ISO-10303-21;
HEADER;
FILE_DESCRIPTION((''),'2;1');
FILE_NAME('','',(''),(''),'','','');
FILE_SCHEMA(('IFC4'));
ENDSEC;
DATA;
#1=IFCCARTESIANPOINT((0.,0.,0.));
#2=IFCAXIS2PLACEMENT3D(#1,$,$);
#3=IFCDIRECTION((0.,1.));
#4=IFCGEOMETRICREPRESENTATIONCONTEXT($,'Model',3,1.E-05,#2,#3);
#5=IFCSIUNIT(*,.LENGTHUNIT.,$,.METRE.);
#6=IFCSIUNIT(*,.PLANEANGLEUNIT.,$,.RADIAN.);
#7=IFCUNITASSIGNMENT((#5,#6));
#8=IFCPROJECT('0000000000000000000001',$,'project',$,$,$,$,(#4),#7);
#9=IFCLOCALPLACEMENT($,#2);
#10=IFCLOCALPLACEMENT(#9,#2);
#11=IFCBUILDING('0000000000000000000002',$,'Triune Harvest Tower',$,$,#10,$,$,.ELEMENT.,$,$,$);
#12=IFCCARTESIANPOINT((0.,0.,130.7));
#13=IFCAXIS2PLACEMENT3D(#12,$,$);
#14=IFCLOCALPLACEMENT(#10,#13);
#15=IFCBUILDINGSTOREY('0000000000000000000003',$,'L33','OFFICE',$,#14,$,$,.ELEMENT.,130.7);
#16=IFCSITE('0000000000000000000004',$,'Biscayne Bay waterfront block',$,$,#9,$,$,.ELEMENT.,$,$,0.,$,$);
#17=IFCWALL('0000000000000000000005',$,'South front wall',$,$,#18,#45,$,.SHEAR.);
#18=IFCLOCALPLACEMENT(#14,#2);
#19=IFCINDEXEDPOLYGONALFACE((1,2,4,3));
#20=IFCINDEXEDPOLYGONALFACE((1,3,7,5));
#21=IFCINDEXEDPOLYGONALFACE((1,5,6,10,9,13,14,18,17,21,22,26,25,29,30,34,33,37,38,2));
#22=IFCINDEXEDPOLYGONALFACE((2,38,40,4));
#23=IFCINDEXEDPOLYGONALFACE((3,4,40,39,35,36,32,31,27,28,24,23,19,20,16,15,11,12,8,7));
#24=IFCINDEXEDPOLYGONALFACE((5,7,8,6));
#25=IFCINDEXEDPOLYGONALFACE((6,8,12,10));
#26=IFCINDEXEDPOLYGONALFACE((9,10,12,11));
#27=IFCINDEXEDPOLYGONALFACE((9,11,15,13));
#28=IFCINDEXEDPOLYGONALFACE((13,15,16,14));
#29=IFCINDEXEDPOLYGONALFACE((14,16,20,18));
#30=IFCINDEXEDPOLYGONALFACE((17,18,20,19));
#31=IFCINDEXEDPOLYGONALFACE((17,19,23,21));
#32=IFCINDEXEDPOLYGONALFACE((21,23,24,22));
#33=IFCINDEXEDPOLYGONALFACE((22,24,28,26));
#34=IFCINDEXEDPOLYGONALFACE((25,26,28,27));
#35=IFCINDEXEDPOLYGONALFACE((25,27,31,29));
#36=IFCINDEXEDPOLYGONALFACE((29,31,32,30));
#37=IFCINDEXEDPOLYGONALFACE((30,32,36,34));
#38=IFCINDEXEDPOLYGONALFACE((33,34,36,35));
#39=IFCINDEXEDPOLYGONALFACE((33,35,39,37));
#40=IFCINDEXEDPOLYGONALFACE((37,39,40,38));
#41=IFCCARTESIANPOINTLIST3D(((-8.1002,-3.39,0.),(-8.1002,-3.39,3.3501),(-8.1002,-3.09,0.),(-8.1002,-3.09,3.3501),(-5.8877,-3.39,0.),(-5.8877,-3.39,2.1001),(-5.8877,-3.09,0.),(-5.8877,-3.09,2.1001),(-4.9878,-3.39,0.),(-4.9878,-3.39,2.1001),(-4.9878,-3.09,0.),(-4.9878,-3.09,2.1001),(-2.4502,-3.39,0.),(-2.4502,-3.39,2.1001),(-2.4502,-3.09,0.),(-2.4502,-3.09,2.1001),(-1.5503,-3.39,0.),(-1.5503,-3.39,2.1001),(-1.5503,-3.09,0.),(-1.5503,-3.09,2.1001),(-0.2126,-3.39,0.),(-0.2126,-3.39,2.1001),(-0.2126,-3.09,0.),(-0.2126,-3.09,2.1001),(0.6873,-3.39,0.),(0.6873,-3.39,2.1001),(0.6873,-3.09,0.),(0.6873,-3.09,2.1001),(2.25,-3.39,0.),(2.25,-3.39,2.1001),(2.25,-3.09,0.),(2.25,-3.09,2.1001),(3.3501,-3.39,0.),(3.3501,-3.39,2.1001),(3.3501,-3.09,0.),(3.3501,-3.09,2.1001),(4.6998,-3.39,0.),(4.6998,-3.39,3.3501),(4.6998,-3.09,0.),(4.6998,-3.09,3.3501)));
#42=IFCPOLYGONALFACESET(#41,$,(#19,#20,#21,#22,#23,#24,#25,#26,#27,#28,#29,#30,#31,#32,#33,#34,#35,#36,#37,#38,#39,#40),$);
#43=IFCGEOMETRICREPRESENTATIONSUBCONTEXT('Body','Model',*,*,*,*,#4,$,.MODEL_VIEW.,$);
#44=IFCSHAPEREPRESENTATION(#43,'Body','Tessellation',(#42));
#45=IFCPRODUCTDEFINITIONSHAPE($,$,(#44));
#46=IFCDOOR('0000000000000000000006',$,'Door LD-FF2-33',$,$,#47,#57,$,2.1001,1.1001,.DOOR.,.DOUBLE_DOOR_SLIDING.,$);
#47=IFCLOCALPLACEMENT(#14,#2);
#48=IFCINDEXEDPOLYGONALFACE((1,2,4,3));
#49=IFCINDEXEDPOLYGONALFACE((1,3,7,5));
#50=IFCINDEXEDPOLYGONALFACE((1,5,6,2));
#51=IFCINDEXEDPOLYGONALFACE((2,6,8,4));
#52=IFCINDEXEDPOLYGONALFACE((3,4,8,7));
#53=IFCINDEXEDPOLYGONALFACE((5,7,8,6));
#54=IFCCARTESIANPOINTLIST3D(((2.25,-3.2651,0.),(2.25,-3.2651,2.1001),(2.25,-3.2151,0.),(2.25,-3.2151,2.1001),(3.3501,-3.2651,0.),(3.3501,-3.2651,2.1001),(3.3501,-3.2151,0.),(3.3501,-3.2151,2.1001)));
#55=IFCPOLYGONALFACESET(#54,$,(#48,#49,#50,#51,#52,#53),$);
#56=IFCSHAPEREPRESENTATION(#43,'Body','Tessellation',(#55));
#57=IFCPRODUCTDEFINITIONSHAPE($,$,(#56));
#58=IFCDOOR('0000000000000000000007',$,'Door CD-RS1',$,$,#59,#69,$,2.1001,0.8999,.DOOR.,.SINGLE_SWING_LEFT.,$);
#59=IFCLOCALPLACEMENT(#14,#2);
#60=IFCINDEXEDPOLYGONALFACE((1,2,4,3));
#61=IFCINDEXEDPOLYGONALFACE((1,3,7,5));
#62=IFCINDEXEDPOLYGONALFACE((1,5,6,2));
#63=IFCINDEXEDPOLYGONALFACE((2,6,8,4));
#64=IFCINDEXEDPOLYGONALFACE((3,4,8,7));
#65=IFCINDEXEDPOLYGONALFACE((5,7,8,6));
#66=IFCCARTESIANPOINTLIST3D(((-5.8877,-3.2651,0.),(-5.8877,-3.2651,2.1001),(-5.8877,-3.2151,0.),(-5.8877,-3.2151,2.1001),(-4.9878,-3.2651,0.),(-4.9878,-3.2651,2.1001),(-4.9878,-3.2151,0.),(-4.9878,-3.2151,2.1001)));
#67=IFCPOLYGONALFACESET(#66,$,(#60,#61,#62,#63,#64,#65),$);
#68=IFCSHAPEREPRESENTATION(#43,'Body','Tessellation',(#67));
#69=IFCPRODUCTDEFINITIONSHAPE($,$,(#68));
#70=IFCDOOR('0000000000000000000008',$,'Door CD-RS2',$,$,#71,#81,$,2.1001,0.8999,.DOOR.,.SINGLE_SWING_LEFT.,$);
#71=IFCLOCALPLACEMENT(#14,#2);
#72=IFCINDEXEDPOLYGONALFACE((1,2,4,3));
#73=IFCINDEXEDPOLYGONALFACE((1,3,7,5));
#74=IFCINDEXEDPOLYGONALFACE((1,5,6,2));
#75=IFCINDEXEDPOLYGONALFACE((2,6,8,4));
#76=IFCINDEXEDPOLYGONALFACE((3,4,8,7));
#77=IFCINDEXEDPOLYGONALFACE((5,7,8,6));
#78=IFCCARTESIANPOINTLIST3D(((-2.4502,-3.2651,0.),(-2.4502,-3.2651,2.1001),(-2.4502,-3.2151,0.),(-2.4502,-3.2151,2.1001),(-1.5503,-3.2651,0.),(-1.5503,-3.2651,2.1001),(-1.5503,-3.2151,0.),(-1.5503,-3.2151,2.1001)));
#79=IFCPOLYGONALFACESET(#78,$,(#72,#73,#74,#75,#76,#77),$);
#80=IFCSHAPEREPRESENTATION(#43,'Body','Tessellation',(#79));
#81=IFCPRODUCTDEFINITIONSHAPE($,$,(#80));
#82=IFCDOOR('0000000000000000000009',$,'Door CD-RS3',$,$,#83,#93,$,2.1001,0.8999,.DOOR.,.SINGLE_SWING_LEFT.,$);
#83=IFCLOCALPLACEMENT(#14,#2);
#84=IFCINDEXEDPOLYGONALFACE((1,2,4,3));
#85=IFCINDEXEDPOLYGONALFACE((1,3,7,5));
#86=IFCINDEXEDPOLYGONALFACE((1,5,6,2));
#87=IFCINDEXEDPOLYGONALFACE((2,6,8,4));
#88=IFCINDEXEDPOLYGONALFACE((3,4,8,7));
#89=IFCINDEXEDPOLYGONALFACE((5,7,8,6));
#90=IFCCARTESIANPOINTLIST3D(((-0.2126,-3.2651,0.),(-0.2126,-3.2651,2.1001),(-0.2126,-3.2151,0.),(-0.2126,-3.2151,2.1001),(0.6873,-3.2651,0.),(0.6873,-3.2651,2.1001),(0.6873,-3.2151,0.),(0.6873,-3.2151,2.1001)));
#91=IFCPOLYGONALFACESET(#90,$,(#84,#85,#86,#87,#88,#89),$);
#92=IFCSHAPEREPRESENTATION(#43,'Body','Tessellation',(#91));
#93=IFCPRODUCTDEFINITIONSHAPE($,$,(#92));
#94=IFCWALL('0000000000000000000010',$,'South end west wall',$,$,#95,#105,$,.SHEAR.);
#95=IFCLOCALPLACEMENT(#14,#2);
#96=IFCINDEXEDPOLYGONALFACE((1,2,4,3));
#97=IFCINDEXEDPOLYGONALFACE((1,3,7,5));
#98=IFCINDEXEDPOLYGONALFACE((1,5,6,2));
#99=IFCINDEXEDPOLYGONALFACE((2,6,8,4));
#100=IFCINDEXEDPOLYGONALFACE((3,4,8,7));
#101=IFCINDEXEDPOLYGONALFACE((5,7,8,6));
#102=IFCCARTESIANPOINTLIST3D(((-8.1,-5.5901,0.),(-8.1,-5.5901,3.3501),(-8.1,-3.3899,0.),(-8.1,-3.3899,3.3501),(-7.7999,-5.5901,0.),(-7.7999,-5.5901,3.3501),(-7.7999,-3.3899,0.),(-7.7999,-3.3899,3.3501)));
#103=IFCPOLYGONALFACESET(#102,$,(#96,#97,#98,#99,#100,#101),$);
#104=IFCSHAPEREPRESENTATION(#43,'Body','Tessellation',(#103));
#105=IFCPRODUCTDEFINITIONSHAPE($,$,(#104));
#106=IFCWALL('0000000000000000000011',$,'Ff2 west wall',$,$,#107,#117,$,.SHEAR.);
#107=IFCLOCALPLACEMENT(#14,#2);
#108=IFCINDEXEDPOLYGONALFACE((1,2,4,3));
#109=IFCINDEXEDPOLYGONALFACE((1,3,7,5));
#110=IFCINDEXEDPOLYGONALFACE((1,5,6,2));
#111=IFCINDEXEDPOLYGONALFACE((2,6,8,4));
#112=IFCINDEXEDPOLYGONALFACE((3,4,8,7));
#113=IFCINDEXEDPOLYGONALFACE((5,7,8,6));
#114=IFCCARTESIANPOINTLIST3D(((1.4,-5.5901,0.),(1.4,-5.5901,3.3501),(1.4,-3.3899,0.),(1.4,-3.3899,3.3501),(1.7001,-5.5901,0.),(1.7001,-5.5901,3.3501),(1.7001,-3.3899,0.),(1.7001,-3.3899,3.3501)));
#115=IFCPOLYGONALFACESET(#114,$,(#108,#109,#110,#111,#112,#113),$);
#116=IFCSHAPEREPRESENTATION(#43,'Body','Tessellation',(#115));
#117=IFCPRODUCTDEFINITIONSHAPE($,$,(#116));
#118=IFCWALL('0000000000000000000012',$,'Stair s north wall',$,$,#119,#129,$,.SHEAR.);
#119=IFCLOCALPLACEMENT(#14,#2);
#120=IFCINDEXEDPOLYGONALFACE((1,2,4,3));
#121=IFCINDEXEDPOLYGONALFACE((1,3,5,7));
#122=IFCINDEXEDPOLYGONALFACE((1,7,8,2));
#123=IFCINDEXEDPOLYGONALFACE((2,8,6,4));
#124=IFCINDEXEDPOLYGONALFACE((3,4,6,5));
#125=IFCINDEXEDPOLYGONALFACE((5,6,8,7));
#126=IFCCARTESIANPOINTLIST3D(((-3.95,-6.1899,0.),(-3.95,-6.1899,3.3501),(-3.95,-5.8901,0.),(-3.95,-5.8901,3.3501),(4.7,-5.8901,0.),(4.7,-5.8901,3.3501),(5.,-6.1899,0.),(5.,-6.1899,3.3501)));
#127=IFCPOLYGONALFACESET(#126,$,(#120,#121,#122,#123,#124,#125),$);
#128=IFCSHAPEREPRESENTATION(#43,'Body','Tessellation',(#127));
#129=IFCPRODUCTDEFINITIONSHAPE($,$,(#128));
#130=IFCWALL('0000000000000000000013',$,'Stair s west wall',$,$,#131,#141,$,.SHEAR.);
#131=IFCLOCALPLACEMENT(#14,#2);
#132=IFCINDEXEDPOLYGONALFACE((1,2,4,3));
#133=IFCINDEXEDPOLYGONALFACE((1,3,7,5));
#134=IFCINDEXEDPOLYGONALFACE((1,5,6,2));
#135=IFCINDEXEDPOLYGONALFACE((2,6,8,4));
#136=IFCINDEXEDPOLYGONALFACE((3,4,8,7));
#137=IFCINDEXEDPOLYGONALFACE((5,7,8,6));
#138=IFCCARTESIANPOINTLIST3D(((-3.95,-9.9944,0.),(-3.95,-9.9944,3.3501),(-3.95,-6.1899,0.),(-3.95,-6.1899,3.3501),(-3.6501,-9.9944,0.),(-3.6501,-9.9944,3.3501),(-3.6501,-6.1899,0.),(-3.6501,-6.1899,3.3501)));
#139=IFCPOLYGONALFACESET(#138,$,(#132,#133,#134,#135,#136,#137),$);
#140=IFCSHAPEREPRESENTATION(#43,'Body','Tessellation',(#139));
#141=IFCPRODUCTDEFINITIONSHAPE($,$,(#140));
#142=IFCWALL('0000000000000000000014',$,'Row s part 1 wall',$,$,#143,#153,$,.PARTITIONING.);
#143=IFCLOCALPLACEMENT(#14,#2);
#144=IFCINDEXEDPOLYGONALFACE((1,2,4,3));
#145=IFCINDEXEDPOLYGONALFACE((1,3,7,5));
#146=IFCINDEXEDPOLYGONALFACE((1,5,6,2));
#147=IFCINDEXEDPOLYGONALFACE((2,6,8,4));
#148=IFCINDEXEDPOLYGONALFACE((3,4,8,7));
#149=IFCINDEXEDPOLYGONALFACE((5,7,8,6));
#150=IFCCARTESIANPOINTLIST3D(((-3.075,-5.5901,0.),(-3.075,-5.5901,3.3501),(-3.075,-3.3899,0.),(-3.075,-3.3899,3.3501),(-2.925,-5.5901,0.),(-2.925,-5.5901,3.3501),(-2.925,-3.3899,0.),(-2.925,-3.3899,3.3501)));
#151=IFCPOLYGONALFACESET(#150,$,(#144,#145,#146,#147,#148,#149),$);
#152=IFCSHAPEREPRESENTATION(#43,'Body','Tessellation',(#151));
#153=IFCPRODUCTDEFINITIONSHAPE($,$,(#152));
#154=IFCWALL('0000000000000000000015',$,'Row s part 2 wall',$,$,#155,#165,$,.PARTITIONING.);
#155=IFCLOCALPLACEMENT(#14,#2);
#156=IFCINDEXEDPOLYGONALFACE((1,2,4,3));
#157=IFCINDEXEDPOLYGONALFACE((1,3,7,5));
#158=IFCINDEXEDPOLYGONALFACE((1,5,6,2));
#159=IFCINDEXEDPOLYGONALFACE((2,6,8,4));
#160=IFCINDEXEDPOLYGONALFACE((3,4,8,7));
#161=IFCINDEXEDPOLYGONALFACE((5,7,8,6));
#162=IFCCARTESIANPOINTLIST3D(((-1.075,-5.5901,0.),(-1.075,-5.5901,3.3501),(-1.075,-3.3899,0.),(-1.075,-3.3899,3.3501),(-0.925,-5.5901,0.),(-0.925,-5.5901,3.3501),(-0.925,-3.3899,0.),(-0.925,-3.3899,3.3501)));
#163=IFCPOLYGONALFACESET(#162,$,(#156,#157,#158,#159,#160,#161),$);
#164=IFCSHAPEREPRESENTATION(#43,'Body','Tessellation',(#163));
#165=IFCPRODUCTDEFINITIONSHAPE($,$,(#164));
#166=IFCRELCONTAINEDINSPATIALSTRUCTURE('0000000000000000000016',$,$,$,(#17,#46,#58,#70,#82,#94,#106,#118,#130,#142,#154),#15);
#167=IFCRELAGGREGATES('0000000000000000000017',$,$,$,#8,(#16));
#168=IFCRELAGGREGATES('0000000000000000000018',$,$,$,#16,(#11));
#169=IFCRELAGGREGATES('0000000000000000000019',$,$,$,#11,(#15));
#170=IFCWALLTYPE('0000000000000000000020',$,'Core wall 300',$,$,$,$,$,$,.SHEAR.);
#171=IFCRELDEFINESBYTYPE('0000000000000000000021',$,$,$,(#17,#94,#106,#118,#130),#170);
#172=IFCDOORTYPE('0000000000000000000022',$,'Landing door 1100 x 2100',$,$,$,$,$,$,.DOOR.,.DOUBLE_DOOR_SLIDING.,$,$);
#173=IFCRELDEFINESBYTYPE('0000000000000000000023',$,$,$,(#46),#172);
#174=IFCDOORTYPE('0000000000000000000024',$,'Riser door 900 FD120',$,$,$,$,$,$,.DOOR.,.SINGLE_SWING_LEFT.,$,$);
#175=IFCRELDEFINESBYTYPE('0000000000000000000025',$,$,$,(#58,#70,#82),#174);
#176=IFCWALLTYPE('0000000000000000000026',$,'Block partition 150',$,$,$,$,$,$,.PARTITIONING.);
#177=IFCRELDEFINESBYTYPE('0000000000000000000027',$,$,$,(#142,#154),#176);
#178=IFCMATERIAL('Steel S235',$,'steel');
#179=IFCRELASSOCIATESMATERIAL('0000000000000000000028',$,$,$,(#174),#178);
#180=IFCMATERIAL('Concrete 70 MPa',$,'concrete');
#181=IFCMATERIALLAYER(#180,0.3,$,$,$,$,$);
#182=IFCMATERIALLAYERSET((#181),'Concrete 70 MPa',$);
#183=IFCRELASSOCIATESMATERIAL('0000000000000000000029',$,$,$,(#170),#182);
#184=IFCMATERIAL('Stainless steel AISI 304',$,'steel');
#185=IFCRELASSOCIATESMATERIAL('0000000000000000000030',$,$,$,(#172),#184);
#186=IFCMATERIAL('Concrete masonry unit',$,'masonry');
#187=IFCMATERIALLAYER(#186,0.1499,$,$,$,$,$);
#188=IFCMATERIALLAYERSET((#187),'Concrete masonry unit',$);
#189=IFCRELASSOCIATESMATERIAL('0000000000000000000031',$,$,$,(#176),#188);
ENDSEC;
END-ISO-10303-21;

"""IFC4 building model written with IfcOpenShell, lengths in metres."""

from ifc_helpers import new_model, si_unit, direction, frame, frame_2d, origin, place, context, subcontext, project, spatial, polyline, rectangle, outline, extrude, source, transform, mapped, material, layer, layer_set, type_object, element, fill, save


model = new_model("IFC4")

# Units and contexts
model_context = context("Model", 3, precision=1e-05, world=origin(), true_north=direction((0.0, 1.0)))
body_context = subcontext(model_context, "Body", "Model", "MODEL_VIEW")
ifc_project = project(units=[si_unit("LENGTHUNIT", "METRE"), si_unit("PLANEANGLEUNIT", "RADIAN")], contexts=[model_context])

# Site, building, storey
site_placement = place(None, origin())
site = spatial("IfcSite", under=ifc_project, at=site_placement, Name="Biscayne Bay waterfront block", CompositionType="ELEMENT", RefElevation=0.0)
building_placement = place(site_placement, origin())
building = spatial("IfcBuilding", under=site, at=building_placement, Name="Triune Harvest Tower", CompositionType="ELEMENT")
storey_placement = place(building_placement, frame((0.0, 0.0, 130.7)))
storey = spatial("IfcBuildingStorey", under=building, at=storey_placement, Name="L33", Description="OFFICE", CompositionType="ELEMENT", Elevation=130.7)

# Shared definitions
ifc_material_1 = material(Name="Steel S235", Category="steel")
door_type_1 = type_object("IfcDoorType", Name="Riser door 900 FD120", OperationType="SINGLE_SWING_LEFT", PredefinedType="DOOR", material=ifc_material_1)

# Shared definitions
ifc_material_2 = material(Name="Concrete 70 MPa", Category="concrete")
ifc_layer_1 = layer(ifc_material_2, 0.3)
ifc_layer_set_1 = layer_set([ifc_layer_1], Name="Concrete 70 MPa")
wall_type_1 = type_object("IfcWallType", Name="Core wall 300", PredefinedType="SHEAR", material=ifc_layer_set_1)

# Wall, openings, doors
shared_shape_1 = source(origin(), body_context, "Body", "SweptSolid", [
    extrude(rectangle(XDim=12.8, YDim=0.3, at=frame_2d((6.3999, 0.0))), origin(), (0.0, 0.0, 1.0), 3.3501),
])
wall_1_placement = place(storey_placement, frame((-8.1001, -3.24, 0.0), z_axis=(0.0, 0.0, 1.0), x_axis=(1.0, 0.0, 0.0)))
wall_1 = element("IfcWall", 1, at=wall_1_placement, inside=storey, type_object=wall_type_1, Name="South front wall", PredefinedType="SHEAR", context=body_context, shape_type="MappedRepresentation", body=[
    mapped(shared_shape_1, transform((0.0, 0.0, 0.0), scale=1.0)),
])
opening_1_placement = place(wall_1_placement, frame((2.2124, 0.0, 0.0)))
opening_1 = element("IfcOpeningElement", 2, at=opening_1_placement, cuts=wall_1, PredefinedType="OPENING", context=body_context, shape_type="SweptSolid", body=[
    extrude(rectangle(XDim=0.8999, YDim=2.1001, at=frame_2d((0.45, 1.05))), frame((0.0, 0.1602, 0.0), z_axis=(0.0, -1.0, 0.0), x_axis=(1.0, 0.0, 0.0)), (0.0, 0.0, 1.0), 0.3201),
])
opening_2_placement = place(wall_1_placement, frame((5.6499, 0.0, 0.0)))
opening_2 = element("IfcOpeningElement", 3, at=opening_2_placement, cuts=wall_1, PredefinedType="OPENING", context=body_context, shape_type="SweptSolid", body=[
    extrude(rectangle(XDim=0.8999, YDim=2.1001, at=frame_2d((0.45, 1.05))), frame((0.0, 0.1602, 0.0), z_axis=(0.0, -1.0, 0.0), x_axis=(1.0, 0.0, 0.0)), (0.0, 0.0, 1.0), 0.3201),
])
opening_3_placement = place(wall_1_placement, frame((7.8875, 0.0, 0.0)))
opening_3 = element("IfcOpeningElement", 4, at=opening_3_placement, cuts=wall_1, PredefinedType="OPENING", context=body_context, shape_type="SweptSolid", body=[
    extrude(rectangle(XDim=0.8999, YDim=2.1001, at=frame_2d((0.45, 1.05))), frame((0.0, 0.1602, 0.0), z_axis=(0.0, -1.0, 0.0), x_axis=(1.0, 0.0, 0.0)), (0.0, 0.0, 1.0), 0.3201),
])
opening_4_placement = place(wall_1_placement, frame((10.3501, 0.0, 0.0)))
opening_4 = element("IfcOpeningElement", 5, at=opening_4_placement, cuts=wall_1, PredefinedType="OPENING", context=body_context, shape_type="SweptSolid", body=[
    extrude(rectangle(XDim=1.1001, YDim=2.1001, at=frame_2d((0.55, 1.05))), frame((0.0, 0.1602, 0.0), z_axis=(0.0, -1.0, 0.0), x_axis=(1.0, 0.0, 0.0)), (0.0, 0.0, 1.0), 0.3201),
])
ifc_material_3 = material(Name="Stainless steel AISI 304", Category="steel")
door_type_2 = type_object("IfcDoorType", Name="Landing door 1100 x 2100", OperationType="DOUBLE_DOOR_SLIDING", PredefinedType="DOOR", material=ifc_material_3)
door_1_placement = place(opening_4_placement, origin())
door_1 = element("IfcDoor", 6, at=door_1_placement, inside=storey, type_object=door_type_2, Name="Door LD-FF2-33", OperationType="DOUBLE_DOOR_SLIDING", OverallHeight=2.1001, OverallWidth=1.1001, PredefinedType="DOOR", context=body_context, shape_type="SweptSolid", body=[
    extrude(rectangle(XDim=1.1001, YDim=2.1001, at=frame_2d((0.55, 1.05))), frame((0.0, 0.0249, 0.0), z_axis=(0.0, -1.0, 0.0), x_axis=(1.0, 0.0, 0.0)), (0.0, 0.0, 1.0), 0.05),
])
fill(opening_4, door_1)
door_2_placement = place(opening_1_placement, origin())
door_2 = element("IfcDoor", 7, at=door_2_placement, inside=storey, type_object=door_type_1, Name="Door CD-RS1", OperationType="SINGLE_SWING_LEFT", OverallHeight=2.1001, OverallWidth=0.8999, PredefinedType="DOOR", context=body_context, shape_type="SweptSolid", body=[
    extrude(rectangle(XDim=0.8999, YDim=2.1001, at=frame_2d((0.45, 1.05))), frame((0.0, 0.0249, 0.0), z_axis=(0.0, -1.0, 0.0), x_axis=(1.0, 0.0, 0.0)), (0.0, 0.0, 1.0), 0.05),
])
fill(opening_1, door_2)
door_3_placement = place(opening_2_placement, origin())
door_3 = element("IfcDoor", 8, at=door_3_placement, inside=storey, type_object=door_type_1, Name="Door CD-RS2", OperationType="SINGLE_SWING_LEFT", OverallHeight=2.1001, OverallWidth=0.8999, PredefinedType="DOOR", context=body_context, shape_type="SweptSolid", body=[
    extrude(rectangle(XDim=0.8999, YDim=2.1001, at=frame_2d((0.45, 1.05))), frame((0.0, 0.0249, 0.0), z_axis=(0.0, -1.0, 0.0), x_axis=(1.0, 0.0, 0.0)), (0.0, 0.0, 1.0), 0.05),
])
fill(opening_2, door_3)
door_4_placement = place(opening_3_placement, origin())
door_4 = element("IfcDoor", 9, at=door_4_placement, inside=storey, type_object=door_type_1, Name="Door CD-RS3", OperationType="SINGLE_SWING_LEFT", OverallHeight=2.1001, OverallWidth=0.8999, PredefinedType="DOOR", context=body_context, shape_type="SweptSolid", body=[
    extrude(rectangle(XDim=0.8999, YDim=2.1001, at=frame_2d((0.45, 1.05))), frame((0.0, 0.0249, 0.0), z_axis=(0.0, -1.0, 0.0), x_axis=(1.0, 0.0, 0.0)), (0.0, 0.0, 1.0), 0.05),
])
fill(opening_3, door_4)

# Walls
shared_shape_2 = source(origin(), body_context, "Body", "SweptSolid", [
    extrude(rectangle(XDim=2.2002, YDim=0.3, at=frame_2d((1.1001, 0.0))), origin(), (0.0, 0.0, 1.0), 3.3501),
])
for number, where, z_axis, x_axis, name in (
    (10, (-7.95, -5.5901, 0.0), (0.0, 0.0, 1.0), (0.0, 1.0, 0.0), "South end west wall"),
    (11, (1.55, -5.5901, 0.0), (0.0, 0.0, 1.0), (0.0, 1.0, 0.0), "Ff2 west wall"),
):
    element("IfcWall", number, at=place(storey_placement, frame(where, z_axis=z_axis, x_axis=x_axis)), inside=storey, type_object=wall_type_1, Name=name, PredefinedType="SHEAR", context=body_context, shape_type="MappedRepresentation", body=[
        mapped(shared_shape_2, transform((0.0, 0.0, 0.0), scale=1.0)),
    ])
shared_shape_3 = source(origin(), body_context, "Body", "SweptSolid", [
    extrude(outline(polyline([(0.0, -0.1499), (8.95, -0.1499), (8.6499, 0.1499), (0.0, 0.1499), (0.0, -0.1499)])), origin(), (0.0, 0.0, 1.0), 3.3501),
])
wall_2_placement = place(storey_placement, frame((-3.95, -6.04, 0.0), z_axis=(0.0, 0.0, 1.0), x_axis=(1.0, 0.0, 0.0)))
element("IfcWall", 12, at=wall_2_placement, inside=storey, type_object=wall_type_1, Name="Stair s north wall", PredefinedType="SHEAR", context=body_context, shape_type="MappedRepresentation", body=[
    mapped(shared_shape_3, transform((0.0, 0.0, 0.0), scale=1.0)),
])
shared_shape_4 = source(origin(), body_context, "Body", "SweptSolid", [
    extrude(outline(polyline([(3.8, -0.1499), (-0.0044, -0.1499), (-0.0044, 0.1499), (3.8, 0.1499), (3.8, -0.1499)])), origin(), (0.0, 0.0, 1.0), 3.3501),
])
wall_3_placement = place(storey_placement, frame((-3.8, -9.99, 0.0), z_axis=(0.0, 0.0, 1.0), x_axis=(0.0, 1.0, 0.0)))
element("IfcWall", 13, at=wall_3_placement, inside=storey, type_object=wall_type_1, Name="Stair s west wall", PredefinedType="SHEAR", context=body_context, shape_type="MappedRepresentation", body=[
    mapped(shared_shape_4, transform((0.0, 0.0, 0.0), scale=1.0)),
])
ifc_material_4 = material(Name="Concrete masonry unit", Category="masonry")
ifc_layer_2 = layer(ifc_material_4, 0.1499)
ifc_layer_set_2 = layer_set([ifc_layer_2], Name="Concrete masonry unit")
wall_type_2 = type_object("IfcWallType", Name="Block partition 150", PredefinedType="PARTITIONING", material=ifc_layer_set_2)
shared_shape_5 = source(origin(), body_context, "Body", "SweptSolid", [
    extrude(rectangle(XDim=2.2002, YDim=0.1499, at=frame_2d((1.1001, 0.0))), origin(), (0.0, 0.0, 1.0), 3.3501),
])
for number, where, z_axis, x_axis, name in (
    (14, (-3.0, -5.5901, 0.0), (0.0, 0.0, 1.0), (0.0, 1.0, 0.0), "Row s part 1 wall"),
    (15, (-1.0, -5.5901, 0.0), (0.0, 0.0, 1.0), (0.0, 1.0, 0.0), "Row s part 2 wall"),
):
    element("IfcWall", number, at=place(storey_placement, frame(where, z_axis=z_axis, x_axis=x_axis)), inside=storey, type_object=wall_type_2, Name=name, PredefinedType="PARTITIONING", context=body_context, shape_type="MappedRepresentation", body=[
        mapped(shared_shape_5, transform((0.0, 0.0, 0.0), scale=1.0)),
    ])

save(model, "model.ifc")
